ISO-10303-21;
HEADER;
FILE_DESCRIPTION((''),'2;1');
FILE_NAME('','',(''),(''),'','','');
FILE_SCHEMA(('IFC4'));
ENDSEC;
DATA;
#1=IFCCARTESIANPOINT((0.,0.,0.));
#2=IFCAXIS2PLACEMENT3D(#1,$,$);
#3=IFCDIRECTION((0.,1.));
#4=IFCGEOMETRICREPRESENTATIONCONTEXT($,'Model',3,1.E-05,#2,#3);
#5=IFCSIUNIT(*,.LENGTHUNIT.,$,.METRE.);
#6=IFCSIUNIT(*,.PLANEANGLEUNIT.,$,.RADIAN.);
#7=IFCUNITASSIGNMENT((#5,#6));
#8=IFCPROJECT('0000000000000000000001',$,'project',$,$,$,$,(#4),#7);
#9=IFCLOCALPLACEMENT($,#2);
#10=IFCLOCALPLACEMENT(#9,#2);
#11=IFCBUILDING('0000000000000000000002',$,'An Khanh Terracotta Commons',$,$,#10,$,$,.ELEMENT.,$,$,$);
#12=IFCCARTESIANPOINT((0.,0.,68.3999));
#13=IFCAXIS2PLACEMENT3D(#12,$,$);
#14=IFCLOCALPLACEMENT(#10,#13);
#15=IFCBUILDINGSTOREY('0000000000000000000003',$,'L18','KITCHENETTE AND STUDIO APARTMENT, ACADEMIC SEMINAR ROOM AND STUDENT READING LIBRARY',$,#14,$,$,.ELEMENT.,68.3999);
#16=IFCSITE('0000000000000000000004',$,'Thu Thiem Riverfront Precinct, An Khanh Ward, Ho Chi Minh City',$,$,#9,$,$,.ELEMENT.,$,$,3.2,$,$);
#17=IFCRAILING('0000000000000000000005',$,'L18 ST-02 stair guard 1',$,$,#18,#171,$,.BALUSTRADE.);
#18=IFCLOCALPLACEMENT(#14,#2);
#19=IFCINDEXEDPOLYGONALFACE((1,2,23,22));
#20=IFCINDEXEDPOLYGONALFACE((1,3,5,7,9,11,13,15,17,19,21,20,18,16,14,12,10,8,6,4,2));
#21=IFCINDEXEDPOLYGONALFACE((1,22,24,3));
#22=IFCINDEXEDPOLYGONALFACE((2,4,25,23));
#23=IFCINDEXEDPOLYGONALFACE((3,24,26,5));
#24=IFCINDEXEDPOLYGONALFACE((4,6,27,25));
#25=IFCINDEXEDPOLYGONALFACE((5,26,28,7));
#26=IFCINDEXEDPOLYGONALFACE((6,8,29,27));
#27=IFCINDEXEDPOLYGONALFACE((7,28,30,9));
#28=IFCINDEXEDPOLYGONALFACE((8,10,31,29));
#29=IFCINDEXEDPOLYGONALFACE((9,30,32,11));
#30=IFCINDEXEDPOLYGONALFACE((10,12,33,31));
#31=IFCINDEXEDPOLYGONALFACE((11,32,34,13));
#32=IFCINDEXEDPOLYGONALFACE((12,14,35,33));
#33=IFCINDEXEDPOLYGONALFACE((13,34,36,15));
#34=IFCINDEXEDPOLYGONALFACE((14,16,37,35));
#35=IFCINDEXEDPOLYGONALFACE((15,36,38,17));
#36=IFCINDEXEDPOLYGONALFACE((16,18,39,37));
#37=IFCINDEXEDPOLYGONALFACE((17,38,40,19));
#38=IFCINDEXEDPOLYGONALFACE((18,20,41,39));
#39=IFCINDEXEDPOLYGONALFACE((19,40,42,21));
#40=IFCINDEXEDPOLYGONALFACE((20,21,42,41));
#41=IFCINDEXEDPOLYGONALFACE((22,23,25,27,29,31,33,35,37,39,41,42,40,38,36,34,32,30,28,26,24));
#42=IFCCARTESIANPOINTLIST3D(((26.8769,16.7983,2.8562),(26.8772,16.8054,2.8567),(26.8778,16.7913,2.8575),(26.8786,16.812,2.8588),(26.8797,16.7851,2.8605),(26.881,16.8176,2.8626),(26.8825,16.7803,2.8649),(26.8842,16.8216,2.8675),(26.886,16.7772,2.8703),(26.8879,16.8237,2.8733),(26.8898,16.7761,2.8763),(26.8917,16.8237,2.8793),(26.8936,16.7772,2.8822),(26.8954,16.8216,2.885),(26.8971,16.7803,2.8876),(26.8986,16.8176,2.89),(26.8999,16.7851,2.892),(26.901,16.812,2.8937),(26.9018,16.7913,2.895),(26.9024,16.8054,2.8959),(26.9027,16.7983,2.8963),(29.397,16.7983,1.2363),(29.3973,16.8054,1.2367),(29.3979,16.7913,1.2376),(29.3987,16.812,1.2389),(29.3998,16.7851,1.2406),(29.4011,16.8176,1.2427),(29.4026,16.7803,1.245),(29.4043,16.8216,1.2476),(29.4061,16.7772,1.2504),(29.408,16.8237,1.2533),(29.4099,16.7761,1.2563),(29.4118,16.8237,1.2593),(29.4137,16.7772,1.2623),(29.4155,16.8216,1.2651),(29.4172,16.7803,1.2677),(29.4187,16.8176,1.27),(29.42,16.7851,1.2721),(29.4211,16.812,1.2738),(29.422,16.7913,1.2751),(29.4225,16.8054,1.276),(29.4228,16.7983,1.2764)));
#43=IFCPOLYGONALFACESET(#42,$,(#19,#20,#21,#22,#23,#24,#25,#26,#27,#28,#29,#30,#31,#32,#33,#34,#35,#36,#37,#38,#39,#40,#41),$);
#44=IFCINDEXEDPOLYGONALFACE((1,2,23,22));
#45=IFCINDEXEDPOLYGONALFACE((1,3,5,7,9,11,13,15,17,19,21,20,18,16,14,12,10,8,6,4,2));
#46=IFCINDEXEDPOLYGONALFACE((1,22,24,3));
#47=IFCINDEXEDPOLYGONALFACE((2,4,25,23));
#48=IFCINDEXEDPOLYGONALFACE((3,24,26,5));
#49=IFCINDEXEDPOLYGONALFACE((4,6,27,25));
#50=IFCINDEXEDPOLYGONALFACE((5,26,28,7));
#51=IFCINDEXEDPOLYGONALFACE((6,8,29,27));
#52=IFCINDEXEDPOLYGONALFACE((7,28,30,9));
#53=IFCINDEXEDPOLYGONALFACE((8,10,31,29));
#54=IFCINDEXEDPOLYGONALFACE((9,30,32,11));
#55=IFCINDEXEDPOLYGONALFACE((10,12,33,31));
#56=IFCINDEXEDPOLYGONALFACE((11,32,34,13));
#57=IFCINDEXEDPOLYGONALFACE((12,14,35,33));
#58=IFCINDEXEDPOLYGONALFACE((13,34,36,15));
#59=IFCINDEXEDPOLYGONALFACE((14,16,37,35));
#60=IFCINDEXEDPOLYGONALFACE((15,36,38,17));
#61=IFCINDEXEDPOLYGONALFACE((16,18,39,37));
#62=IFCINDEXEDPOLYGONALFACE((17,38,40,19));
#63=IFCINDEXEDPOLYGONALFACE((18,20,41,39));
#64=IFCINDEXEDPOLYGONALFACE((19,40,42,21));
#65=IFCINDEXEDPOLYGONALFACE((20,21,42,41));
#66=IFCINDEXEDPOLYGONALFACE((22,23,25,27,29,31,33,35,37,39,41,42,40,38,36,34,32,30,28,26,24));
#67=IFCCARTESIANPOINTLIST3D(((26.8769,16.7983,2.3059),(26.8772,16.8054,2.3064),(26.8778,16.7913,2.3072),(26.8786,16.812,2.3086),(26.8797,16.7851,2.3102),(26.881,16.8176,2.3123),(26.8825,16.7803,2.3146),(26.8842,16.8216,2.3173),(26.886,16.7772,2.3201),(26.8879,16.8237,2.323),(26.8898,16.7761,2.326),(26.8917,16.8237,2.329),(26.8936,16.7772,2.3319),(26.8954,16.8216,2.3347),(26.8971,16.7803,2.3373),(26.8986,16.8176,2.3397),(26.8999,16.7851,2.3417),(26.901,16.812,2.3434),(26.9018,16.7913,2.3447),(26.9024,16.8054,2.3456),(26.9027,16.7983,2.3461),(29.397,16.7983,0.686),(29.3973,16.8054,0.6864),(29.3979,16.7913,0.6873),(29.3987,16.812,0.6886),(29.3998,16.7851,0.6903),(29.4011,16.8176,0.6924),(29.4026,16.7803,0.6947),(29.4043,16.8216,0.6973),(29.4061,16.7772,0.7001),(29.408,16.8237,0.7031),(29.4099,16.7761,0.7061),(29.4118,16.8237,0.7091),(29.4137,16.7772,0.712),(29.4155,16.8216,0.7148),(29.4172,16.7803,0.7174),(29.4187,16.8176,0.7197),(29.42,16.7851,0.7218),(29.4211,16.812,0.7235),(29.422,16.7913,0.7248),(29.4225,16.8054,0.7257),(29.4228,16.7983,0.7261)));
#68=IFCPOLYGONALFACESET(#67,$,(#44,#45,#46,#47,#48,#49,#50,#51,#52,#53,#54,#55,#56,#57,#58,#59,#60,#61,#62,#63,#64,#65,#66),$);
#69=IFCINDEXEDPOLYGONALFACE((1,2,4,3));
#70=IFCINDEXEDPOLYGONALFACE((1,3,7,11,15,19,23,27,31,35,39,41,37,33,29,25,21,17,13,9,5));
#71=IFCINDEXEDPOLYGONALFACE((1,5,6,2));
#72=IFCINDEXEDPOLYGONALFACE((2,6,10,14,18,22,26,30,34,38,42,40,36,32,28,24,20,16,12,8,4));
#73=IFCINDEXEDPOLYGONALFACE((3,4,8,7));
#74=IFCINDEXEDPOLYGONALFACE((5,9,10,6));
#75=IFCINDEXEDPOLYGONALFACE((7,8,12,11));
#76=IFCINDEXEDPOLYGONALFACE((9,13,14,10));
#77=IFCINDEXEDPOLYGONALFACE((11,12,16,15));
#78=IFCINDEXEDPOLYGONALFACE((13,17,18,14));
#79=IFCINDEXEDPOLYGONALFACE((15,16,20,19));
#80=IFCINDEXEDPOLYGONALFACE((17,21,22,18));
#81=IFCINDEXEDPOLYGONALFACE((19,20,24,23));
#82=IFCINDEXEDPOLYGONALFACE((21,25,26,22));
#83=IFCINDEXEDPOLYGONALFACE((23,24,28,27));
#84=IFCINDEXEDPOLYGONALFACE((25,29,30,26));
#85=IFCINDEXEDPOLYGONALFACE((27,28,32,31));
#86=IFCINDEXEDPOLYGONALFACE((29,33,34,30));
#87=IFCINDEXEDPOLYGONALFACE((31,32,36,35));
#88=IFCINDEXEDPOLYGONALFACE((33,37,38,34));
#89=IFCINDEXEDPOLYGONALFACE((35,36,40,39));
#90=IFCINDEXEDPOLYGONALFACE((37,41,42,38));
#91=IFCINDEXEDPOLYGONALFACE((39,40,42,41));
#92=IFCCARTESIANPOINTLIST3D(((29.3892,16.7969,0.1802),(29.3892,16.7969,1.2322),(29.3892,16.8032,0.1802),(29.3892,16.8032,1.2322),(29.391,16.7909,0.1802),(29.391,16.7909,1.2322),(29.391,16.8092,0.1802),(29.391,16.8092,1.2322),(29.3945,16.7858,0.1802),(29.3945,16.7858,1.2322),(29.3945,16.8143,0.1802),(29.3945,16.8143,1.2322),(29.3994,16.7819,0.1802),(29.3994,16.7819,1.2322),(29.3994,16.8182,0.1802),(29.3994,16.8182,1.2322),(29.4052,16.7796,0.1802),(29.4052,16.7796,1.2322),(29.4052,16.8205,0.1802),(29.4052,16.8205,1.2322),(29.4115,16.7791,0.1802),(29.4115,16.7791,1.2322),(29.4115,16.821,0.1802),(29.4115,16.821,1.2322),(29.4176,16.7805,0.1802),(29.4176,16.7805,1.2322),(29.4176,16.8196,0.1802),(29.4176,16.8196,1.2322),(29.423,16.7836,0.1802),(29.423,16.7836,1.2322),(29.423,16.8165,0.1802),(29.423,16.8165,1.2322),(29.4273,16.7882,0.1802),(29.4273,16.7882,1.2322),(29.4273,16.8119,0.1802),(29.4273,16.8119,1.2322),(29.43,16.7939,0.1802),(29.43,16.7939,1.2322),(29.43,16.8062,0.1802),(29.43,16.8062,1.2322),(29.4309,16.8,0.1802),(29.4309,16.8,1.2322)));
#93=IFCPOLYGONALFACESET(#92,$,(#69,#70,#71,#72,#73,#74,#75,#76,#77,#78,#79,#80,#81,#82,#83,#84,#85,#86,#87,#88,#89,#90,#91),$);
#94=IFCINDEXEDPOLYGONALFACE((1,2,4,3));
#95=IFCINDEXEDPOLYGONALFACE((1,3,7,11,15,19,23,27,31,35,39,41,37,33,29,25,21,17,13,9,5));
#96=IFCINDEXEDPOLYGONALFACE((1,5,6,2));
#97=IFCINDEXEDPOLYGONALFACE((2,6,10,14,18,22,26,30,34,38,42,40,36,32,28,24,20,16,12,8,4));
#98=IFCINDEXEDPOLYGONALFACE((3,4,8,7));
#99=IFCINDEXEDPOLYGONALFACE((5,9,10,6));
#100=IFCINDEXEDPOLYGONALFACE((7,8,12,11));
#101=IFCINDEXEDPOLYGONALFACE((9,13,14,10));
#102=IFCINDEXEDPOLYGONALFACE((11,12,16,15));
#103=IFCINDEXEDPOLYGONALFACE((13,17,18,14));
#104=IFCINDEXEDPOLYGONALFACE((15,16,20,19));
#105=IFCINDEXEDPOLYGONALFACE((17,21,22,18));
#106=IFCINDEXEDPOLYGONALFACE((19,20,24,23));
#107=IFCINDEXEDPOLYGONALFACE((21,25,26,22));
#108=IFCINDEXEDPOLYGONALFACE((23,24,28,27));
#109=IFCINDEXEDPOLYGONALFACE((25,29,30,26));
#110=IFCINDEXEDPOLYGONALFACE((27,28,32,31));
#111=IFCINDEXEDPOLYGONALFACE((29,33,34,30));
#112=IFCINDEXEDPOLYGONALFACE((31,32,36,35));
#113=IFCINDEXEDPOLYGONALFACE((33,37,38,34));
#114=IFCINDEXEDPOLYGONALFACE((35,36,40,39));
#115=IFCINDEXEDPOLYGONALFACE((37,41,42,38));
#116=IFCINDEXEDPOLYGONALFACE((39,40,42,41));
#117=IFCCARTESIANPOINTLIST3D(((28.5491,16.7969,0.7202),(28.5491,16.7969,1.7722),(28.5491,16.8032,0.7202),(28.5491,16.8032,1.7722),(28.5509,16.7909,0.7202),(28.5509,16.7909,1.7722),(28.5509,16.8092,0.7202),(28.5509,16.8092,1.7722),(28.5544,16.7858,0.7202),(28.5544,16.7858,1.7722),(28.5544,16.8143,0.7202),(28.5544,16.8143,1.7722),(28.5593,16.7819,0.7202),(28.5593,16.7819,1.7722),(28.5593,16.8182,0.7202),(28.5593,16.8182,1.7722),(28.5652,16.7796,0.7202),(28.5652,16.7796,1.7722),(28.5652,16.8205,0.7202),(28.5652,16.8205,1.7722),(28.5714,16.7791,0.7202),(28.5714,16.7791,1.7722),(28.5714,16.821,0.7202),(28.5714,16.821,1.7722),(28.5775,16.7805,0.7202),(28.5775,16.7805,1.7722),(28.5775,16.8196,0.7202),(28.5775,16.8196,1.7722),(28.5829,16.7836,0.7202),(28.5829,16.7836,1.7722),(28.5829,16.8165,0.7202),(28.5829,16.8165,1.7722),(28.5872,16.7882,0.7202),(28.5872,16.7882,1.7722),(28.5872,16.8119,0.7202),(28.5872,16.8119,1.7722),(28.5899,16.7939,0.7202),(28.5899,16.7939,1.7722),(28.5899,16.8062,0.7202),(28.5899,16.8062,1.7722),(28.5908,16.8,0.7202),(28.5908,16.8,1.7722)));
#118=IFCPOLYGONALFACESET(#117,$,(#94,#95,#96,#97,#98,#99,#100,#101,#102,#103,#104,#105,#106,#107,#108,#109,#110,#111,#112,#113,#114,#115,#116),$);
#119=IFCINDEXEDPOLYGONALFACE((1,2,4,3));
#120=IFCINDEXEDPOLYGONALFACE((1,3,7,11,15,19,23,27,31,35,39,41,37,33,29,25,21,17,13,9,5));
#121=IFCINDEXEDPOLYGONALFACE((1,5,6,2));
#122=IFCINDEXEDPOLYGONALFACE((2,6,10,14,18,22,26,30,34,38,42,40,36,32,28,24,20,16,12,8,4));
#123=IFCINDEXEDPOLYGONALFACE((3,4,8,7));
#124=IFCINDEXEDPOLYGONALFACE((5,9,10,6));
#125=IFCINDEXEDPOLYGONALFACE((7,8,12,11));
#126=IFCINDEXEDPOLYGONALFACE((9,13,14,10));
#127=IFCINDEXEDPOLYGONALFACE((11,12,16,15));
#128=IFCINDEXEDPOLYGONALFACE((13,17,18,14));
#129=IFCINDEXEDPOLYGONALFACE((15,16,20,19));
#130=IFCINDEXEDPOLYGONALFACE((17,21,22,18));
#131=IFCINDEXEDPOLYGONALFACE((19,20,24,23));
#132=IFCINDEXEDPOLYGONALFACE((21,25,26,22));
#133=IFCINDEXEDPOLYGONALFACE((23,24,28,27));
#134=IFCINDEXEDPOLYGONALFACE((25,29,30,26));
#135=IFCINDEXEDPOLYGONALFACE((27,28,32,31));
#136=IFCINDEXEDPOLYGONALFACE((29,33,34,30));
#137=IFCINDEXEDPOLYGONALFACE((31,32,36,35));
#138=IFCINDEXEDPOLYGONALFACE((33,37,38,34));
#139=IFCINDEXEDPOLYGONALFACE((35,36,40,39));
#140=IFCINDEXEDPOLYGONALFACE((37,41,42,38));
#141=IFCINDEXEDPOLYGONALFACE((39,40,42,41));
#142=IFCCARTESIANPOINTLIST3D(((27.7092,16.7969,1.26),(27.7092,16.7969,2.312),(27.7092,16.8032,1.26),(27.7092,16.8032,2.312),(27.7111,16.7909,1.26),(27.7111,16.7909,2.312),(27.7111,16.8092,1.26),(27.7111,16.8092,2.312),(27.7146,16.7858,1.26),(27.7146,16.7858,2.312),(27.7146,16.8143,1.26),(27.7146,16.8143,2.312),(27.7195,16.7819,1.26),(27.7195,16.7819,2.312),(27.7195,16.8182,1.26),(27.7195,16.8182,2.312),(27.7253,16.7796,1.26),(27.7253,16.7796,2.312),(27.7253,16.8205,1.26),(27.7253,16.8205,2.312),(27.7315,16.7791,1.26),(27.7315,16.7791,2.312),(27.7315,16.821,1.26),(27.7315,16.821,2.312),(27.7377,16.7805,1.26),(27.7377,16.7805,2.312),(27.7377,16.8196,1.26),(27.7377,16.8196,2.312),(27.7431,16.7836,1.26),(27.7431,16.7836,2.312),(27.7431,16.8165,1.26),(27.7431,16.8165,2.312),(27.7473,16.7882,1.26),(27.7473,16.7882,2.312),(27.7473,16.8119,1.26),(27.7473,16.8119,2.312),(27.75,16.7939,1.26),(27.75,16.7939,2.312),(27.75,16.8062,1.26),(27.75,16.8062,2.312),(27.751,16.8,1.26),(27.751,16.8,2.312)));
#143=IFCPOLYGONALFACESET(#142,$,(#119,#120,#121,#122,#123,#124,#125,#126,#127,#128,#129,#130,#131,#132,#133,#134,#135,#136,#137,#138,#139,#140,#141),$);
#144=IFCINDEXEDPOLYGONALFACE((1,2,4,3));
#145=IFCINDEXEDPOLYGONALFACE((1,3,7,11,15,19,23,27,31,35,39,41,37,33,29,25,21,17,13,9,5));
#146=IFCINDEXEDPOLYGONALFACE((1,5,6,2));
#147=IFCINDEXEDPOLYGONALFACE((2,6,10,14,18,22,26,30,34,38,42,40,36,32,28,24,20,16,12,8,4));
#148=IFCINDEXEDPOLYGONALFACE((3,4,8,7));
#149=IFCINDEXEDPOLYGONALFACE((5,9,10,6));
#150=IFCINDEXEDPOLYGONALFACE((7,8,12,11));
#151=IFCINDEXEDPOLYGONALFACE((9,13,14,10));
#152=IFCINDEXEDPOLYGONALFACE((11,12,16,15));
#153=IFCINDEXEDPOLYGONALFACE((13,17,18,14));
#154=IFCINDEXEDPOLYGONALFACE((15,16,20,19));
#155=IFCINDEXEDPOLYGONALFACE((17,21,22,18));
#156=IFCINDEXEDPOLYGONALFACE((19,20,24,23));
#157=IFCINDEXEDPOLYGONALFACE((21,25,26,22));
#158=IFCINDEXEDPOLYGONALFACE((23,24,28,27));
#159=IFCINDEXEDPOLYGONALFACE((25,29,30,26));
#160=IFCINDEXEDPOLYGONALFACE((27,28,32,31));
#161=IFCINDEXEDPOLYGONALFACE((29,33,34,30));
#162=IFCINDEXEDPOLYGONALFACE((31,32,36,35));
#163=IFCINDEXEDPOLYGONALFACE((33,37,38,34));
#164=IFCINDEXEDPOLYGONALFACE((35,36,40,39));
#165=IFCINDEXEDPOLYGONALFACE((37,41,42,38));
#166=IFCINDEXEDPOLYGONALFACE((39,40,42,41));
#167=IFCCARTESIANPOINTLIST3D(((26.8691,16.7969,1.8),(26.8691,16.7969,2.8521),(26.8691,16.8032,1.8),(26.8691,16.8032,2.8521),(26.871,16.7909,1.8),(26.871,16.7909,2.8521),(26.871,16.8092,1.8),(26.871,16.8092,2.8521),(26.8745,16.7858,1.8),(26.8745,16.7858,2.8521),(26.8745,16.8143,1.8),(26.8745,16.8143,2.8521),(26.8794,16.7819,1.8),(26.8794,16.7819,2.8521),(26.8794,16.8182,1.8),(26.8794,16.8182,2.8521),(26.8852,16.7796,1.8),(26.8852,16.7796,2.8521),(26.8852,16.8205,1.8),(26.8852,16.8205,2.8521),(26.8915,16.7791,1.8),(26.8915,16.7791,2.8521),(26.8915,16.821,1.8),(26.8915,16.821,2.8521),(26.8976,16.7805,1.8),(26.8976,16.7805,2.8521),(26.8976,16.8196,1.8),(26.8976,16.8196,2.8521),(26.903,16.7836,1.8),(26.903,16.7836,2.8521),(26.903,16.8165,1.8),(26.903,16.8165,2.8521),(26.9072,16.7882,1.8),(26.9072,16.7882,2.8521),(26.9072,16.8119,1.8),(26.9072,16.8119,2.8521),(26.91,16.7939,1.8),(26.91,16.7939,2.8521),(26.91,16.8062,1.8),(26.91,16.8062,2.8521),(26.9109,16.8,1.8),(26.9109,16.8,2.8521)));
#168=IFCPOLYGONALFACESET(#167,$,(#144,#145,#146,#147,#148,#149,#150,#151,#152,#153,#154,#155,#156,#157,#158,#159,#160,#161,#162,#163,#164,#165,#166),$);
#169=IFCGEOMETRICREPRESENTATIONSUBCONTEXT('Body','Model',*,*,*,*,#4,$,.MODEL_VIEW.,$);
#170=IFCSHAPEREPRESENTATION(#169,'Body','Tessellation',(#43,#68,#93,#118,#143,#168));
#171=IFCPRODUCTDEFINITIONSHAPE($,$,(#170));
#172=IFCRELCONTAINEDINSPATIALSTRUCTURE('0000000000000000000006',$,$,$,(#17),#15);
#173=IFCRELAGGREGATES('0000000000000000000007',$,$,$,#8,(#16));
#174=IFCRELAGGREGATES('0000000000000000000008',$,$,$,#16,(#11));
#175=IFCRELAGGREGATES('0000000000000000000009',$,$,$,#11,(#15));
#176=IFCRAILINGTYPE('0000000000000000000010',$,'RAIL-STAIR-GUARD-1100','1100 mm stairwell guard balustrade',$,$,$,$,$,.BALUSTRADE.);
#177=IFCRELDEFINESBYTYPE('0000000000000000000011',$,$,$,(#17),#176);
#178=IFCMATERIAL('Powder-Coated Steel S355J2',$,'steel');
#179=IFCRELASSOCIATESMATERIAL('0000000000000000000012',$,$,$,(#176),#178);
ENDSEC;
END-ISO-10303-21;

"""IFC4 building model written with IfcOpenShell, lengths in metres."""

from ifc_helpers import new_model, si_unit, direction, frame, origin, origin_2d, place, context, subcontext, project, spatial, circle, extrude, material, type_object, element, save


model = new_model("IFC4")

# Units and contexts
model_context = context("Model", 3, precision=1e-05, world=origin(), true_north=direction((0.0, 1.0)))
body_context = subcontext(model_context, "Body", "Model", "MODEL_VIEW")
ifc_project = project(units=[si_unit("LENGTHUNIT", "METRE"), si_unit("PLANEANGLEUNIT", "RADIAN")], contexts=[model_context])

# Site, building, storey
site_placement = place(None, origin())
site = spatial("IfcSite", under=ifc_project, at=site_placement, Name="Thu Thiem Riverfront Precinct, An Khanh Ward, Ho Chi Minh City", CompositionType="ELEMENT", RefElevation=3.2)
building_placement = place(site_placement, origin())
building = spatial("IfcBuilding", under=site, at=building_placement, Name="An Khanh Terracotta Commons", CompositionType="ELEMENT")
storey_placement = place(building_placement, frame((0.0, 0.0, 68.3999)))
storey = spatial("IfcBuildingStorey", under=building, at=storey_placement, Name="L18", Description="KITCHENETTE AND STUDIO APARTMENT, ACADEMIC SEMINAR ROOM AND STUDENT READING LIBRARY", CompositionType="ELEMENT", Elevation=68.3999)

# Railing
ifc_material_1 = material(Name="Powder-Coated Steel S355J2", Category="steel")
railing_type_1 = type_object("IfcRailingType", Name="RAIL-STAIR-GUARD-1100", Description="1100 mm stairwell guard balustrade", PredefinedType="BALUSTRADE", material=ifc_material_1)
railing_1_placement = place(storey_placement, frame((29.4099, 16.8, 0.1802)))
element("IfcRailing", 1, at=railing_1_placement, inside=storey, type_object=railing_type_1, Name="L18 ST-02 stair guard 1", PredefinedType="BALUSTRADE", context=body_context, shape_type="SweptSolid", body=[
    extrude(circle(Radius=0.0239, at=origin_2d()), frame((0.0, 0.0, 1.0762), z_axis=(-0.8412, 0.0, 0.540725), x_axis=(0.0, -1.0, 0.0)), (0.0, 0.0, 1.0), 2.9958),
    extrude(circle(Radius=0.0239, at=origin_2d()), frame((0.0, 0.0, 0.5259), z_axis=(-0.8412, 0.0, 0.540725), x_axis=(0.0, -1.0, 0.0)), (0.0, 0.0, 1.0), 2.9958),
    extrude(circle(Radius=0.021, at=origin_2d()), origin(), (0.0, 0.0, 1.0), 1.052),
    extrude(circle(Radius=0.021, at=origin_2d()), frame((-0.8401, 0.0, 0.54)), (0.0, 0.0, 1.0), 1.052),
    extrude(circle(Radius=0.021, at=origin_2d()), frame((-1.6799, 0.0, 1.0798)), (0.0, 0.0, 1.0), 1.052),
    extrude(circle(Radius=0.021, at=origin_2d()), frame((-2.52, 0.0, 1.6199)), (0.0, 0.0, 1.0), 1.052),
])

save(model, "model.ifc")
